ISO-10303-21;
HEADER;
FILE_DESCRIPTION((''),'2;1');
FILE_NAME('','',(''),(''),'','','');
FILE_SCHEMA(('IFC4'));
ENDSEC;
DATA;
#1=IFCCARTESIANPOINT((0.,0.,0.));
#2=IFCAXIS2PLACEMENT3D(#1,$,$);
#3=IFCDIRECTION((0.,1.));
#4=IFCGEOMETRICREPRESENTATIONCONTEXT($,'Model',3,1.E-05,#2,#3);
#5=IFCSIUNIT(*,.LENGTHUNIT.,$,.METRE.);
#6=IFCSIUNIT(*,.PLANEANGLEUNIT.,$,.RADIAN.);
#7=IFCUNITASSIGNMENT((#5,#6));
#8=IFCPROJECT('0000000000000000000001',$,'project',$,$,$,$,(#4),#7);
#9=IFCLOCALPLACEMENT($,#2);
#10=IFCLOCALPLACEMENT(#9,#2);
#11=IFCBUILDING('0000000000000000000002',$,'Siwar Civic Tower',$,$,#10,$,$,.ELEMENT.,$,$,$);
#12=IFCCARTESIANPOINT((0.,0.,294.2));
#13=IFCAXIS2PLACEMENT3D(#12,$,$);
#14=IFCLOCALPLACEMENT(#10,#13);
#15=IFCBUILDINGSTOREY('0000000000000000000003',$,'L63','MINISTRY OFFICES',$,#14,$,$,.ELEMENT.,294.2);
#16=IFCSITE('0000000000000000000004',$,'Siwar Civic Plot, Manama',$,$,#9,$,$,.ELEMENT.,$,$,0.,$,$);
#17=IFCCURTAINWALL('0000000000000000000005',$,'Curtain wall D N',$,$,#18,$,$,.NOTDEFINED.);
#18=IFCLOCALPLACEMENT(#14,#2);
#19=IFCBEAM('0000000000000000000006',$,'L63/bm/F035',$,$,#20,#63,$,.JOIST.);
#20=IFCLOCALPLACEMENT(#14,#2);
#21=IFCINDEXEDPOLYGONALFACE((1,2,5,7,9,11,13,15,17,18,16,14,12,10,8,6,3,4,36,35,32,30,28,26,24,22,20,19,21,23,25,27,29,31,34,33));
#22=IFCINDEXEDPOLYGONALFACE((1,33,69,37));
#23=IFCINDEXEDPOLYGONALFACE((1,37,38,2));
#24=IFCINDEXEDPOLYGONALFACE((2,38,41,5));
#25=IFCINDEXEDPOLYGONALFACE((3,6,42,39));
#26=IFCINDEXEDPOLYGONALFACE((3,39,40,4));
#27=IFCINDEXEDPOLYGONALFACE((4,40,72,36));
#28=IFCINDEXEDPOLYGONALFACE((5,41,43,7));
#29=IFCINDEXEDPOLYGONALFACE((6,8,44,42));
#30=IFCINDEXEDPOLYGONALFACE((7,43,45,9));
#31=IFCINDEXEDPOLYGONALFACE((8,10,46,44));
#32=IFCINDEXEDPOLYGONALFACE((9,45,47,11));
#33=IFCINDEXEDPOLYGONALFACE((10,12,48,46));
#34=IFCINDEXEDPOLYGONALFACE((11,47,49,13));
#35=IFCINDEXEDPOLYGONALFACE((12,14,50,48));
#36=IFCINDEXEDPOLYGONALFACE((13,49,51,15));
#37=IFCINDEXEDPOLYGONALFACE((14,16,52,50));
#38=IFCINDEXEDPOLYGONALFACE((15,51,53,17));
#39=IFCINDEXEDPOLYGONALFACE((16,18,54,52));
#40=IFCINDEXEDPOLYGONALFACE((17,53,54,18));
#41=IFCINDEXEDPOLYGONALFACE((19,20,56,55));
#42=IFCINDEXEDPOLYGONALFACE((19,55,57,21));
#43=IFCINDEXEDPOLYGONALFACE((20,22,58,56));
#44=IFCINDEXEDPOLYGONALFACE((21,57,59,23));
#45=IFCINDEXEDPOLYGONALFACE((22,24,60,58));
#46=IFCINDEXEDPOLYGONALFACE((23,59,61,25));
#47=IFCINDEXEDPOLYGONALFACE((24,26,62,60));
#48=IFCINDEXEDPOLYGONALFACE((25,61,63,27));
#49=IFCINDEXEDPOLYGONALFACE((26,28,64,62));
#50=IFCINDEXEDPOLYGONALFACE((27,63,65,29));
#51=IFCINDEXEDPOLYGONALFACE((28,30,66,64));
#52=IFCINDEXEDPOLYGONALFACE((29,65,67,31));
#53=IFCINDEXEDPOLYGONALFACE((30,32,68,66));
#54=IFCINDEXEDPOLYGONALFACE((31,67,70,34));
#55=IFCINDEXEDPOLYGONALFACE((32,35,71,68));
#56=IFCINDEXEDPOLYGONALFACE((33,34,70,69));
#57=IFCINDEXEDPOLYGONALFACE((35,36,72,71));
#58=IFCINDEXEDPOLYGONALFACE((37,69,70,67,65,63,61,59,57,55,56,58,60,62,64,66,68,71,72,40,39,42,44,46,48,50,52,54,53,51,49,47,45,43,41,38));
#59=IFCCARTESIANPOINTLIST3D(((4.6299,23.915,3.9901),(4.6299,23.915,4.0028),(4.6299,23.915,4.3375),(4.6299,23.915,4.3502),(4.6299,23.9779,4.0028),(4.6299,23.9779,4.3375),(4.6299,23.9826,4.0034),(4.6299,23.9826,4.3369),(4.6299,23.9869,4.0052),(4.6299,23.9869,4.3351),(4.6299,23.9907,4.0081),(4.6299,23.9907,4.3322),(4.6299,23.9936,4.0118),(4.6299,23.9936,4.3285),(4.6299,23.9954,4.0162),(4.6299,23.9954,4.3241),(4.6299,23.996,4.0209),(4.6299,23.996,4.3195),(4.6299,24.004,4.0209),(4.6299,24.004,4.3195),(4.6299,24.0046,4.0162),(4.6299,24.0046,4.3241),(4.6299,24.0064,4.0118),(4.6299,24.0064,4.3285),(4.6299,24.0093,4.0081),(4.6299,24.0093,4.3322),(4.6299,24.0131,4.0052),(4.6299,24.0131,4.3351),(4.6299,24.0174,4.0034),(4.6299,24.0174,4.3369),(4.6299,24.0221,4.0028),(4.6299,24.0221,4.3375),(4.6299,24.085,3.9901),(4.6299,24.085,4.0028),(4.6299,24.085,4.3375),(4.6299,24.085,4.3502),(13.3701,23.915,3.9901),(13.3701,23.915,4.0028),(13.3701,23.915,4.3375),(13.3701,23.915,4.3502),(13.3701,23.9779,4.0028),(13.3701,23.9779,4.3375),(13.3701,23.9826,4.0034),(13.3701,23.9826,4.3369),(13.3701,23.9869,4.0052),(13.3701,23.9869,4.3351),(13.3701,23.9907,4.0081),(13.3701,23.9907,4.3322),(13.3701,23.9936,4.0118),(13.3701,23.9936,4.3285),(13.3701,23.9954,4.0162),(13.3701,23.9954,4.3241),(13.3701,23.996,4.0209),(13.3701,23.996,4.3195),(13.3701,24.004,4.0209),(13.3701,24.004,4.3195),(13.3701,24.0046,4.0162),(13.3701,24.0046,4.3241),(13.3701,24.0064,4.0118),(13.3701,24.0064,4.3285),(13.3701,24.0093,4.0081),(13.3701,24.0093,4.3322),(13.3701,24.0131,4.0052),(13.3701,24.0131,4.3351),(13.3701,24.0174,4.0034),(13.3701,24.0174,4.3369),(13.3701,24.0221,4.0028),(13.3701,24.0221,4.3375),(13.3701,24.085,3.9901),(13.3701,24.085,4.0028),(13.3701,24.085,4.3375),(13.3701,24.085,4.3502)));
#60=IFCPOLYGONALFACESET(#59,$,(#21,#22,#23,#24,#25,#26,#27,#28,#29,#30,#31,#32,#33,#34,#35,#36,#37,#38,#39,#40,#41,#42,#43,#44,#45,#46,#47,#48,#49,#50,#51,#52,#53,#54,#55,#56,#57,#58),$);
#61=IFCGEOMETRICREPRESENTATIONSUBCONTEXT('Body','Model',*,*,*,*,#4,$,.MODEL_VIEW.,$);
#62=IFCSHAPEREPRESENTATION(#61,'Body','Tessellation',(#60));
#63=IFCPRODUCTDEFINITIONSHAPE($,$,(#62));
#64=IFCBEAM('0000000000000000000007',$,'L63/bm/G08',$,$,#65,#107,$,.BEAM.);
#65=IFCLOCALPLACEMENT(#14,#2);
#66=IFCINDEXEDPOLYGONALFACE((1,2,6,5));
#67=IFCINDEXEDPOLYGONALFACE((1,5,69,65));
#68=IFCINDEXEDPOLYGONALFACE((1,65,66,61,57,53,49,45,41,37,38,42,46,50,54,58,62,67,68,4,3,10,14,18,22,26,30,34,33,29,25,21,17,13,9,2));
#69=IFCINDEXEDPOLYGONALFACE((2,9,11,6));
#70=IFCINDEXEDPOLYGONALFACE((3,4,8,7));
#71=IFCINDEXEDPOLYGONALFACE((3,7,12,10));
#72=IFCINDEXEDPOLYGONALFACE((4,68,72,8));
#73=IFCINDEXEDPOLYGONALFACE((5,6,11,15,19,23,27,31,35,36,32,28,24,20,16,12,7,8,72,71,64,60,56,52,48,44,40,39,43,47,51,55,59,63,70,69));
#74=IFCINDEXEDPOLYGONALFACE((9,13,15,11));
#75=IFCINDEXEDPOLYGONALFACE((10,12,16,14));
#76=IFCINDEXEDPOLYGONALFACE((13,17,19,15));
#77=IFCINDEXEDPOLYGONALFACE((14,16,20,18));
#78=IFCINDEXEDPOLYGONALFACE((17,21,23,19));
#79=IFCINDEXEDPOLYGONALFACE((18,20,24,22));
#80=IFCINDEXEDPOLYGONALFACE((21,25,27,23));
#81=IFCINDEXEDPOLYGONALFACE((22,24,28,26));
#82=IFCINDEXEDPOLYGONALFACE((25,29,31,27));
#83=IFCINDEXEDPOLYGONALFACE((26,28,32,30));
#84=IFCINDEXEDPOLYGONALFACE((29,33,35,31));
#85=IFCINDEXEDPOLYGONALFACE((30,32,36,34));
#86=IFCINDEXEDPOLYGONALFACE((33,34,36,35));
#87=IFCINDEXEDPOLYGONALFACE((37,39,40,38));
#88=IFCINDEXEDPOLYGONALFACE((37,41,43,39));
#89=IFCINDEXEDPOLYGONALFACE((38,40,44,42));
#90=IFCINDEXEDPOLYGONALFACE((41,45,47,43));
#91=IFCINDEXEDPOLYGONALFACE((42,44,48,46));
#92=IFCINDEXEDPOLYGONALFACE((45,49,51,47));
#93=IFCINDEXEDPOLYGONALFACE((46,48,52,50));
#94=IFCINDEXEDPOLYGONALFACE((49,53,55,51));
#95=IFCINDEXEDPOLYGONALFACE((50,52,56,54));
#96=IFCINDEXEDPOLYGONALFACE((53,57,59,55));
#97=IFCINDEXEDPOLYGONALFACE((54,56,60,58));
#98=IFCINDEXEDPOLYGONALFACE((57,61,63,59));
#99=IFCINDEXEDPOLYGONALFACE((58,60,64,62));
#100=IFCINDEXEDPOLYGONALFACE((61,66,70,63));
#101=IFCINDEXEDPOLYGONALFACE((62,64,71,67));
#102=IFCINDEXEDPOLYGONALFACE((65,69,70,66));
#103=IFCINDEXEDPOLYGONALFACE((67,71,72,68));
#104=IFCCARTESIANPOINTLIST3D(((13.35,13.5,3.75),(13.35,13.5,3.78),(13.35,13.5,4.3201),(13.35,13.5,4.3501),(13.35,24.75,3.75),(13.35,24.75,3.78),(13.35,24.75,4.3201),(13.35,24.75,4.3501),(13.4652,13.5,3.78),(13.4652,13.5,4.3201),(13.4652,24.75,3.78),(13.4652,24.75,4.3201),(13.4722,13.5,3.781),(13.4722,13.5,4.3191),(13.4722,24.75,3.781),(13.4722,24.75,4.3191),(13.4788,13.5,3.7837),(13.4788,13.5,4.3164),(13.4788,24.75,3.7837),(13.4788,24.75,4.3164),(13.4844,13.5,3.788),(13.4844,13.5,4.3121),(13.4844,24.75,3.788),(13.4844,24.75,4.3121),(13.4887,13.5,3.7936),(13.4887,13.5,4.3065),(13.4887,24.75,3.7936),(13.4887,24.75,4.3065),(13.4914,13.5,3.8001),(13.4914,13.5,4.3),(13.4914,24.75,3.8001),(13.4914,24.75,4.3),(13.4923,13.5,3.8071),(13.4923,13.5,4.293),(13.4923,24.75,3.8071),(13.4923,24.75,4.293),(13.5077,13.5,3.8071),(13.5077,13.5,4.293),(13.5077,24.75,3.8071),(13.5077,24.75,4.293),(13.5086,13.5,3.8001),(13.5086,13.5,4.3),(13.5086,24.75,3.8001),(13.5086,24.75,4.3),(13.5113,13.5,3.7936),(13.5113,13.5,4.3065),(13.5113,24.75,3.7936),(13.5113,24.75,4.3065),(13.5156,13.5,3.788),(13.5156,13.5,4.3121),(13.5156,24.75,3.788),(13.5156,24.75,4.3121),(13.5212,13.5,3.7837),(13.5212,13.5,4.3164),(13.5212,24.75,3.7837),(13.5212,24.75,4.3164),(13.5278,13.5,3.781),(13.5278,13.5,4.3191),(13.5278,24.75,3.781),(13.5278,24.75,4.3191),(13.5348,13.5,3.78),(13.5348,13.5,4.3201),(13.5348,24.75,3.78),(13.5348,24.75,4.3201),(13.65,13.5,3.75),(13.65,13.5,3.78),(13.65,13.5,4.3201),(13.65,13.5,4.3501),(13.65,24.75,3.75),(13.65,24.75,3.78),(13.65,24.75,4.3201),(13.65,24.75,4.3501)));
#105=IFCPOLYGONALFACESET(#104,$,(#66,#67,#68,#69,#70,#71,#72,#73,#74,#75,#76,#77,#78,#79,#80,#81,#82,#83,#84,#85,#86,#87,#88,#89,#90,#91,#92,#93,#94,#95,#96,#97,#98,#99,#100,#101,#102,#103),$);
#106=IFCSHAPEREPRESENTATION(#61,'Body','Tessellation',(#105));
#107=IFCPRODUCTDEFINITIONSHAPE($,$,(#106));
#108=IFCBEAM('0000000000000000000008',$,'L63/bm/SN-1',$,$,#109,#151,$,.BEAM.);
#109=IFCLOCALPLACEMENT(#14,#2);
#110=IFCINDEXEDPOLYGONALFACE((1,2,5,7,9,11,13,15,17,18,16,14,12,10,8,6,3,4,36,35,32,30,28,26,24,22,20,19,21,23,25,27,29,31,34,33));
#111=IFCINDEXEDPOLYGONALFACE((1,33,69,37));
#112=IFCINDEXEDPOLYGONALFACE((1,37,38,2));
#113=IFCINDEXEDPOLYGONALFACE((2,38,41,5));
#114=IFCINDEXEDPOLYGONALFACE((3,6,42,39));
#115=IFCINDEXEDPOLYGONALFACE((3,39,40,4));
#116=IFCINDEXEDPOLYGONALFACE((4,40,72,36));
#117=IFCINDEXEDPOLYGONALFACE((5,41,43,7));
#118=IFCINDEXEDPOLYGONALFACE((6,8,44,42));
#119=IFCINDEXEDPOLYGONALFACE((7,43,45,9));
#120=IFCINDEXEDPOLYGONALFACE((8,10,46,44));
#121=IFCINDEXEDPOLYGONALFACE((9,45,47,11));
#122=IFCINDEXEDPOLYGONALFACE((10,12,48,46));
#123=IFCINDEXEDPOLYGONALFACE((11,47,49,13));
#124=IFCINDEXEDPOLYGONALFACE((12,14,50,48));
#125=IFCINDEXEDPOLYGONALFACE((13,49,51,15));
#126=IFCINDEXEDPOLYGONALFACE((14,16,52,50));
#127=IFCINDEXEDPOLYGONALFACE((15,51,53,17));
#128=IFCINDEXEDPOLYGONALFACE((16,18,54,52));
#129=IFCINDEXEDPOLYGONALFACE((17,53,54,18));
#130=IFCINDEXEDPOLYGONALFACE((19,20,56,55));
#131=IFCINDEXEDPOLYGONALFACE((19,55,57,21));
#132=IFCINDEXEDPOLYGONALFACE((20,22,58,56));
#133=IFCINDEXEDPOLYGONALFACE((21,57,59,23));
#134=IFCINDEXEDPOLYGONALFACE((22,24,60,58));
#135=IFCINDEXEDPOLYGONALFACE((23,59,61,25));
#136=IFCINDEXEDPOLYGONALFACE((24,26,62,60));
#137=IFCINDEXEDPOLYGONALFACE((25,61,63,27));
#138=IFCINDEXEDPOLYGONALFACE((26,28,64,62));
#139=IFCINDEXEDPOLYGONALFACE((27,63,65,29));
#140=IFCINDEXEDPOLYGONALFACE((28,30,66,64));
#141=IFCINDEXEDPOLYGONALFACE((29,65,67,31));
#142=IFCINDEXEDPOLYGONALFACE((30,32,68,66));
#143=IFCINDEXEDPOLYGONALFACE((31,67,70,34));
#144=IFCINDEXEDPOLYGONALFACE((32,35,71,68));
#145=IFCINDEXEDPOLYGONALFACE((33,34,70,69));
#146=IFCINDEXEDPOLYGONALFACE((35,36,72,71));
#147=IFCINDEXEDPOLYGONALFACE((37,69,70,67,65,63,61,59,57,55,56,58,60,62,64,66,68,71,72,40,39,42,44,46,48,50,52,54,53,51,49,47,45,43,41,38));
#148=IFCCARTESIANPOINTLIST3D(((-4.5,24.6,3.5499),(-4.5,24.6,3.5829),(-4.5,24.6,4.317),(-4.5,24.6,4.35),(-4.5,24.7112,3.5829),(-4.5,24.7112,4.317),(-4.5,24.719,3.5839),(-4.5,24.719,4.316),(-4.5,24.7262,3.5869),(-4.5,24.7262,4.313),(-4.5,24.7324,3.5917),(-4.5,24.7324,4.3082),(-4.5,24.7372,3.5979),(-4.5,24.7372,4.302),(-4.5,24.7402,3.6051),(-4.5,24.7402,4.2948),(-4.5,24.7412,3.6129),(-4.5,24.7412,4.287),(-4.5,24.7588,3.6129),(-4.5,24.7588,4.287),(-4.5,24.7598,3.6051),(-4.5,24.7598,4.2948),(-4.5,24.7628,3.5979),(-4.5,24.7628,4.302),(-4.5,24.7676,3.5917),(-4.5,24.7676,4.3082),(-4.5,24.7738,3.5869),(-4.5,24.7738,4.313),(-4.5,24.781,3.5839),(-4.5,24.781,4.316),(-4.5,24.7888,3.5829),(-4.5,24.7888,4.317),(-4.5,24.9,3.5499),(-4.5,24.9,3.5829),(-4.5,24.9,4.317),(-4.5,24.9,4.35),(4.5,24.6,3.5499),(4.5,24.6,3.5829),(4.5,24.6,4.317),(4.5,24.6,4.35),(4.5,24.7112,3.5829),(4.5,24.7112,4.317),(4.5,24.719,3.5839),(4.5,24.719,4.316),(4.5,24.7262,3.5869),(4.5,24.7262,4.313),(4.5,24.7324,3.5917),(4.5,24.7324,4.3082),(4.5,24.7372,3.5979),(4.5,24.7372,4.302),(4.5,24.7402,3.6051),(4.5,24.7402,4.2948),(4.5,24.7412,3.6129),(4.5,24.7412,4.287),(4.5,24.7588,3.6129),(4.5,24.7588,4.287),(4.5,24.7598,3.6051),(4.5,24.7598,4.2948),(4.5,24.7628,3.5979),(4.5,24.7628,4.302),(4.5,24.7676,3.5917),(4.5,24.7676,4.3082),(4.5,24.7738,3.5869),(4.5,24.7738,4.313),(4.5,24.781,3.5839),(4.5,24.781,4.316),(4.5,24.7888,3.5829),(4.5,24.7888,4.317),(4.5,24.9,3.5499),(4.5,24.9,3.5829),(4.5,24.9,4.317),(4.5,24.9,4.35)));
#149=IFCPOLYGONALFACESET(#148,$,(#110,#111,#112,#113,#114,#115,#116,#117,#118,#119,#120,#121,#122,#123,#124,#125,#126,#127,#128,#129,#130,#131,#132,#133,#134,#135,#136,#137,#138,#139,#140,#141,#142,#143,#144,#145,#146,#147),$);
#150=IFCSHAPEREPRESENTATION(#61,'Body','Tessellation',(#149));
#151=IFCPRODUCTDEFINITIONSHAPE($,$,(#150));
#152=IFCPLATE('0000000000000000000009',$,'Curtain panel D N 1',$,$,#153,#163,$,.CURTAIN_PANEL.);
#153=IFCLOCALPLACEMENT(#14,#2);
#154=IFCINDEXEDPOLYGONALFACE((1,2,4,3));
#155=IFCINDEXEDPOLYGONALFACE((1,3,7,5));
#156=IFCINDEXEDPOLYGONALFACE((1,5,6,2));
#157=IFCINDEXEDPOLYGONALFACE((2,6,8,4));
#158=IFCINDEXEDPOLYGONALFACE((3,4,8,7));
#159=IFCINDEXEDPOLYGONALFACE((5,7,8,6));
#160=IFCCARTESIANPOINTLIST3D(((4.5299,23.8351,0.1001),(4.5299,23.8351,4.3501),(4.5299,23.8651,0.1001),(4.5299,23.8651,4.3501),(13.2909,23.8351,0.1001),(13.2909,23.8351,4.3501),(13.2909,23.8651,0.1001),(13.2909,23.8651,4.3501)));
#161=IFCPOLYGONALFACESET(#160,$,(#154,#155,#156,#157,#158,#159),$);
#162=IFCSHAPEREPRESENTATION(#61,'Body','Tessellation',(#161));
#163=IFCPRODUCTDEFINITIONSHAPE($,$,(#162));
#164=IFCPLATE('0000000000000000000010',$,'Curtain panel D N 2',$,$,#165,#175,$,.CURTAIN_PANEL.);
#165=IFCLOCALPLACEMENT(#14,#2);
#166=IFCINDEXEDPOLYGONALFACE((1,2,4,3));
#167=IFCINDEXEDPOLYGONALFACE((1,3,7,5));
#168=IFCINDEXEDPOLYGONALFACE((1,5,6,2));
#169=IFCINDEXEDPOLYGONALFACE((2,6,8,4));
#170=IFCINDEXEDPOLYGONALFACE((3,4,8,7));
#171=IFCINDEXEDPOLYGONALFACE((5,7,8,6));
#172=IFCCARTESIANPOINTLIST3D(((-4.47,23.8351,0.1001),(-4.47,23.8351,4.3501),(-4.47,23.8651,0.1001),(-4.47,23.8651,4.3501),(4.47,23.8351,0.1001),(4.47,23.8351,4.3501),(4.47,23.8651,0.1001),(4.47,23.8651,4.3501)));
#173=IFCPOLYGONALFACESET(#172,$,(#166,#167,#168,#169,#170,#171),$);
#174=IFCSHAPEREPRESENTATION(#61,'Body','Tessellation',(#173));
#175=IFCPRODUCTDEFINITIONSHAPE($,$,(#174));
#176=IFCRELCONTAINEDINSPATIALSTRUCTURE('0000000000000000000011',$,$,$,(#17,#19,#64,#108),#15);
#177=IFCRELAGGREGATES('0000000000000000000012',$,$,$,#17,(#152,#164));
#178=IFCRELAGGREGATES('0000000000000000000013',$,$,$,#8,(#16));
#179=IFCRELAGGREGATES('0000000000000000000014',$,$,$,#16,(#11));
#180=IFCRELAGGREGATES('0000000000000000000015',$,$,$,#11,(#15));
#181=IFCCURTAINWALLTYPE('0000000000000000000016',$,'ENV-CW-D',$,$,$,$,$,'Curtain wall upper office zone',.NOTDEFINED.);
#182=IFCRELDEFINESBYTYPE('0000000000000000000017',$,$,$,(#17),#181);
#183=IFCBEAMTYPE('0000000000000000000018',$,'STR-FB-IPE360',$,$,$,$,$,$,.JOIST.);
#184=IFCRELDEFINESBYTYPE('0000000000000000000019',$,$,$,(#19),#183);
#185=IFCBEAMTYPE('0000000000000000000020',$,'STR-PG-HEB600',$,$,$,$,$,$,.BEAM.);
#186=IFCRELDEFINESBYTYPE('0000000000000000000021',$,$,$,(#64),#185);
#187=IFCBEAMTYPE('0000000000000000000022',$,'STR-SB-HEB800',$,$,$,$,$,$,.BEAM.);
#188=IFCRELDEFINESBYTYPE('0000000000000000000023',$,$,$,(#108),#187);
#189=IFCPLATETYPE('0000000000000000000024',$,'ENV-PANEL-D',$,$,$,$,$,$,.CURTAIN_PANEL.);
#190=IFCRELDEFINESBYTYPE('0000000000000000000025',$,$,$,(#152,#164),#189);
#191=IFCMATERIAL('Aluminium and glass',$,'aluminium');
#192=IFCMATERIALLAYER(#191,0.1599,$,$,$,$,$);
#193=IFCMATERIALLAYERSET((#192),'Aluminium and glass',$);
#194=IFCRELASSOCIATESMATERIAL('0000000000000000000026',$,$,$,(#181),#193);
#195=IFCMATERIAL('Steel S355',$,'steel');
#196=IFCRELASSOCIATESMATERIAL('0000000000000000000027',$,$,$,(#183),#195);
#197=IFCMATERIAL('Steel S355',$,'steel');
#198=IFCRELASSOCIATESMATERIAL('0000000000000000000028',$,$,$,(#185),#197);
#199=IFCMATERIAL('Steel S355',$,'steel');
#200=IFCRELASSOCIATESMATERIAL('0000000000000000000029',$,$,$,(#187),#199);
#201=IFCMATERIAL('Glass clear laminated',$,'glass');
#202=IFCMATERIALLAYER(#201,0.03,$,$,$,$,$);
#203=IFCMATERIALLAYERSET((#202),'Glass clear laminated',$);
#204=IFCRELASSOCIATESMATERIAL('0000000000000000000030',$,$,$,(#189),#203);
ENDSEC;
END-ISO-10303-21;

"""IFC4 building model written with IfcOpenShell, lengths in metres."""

from ifc_helpers import new_model, si_unit, direction, frame, origin, origin_2d, place, context, subcontext, project, spatial, rectangle, i_section, extrude, material, layer, layer_set, material_profile, profile_set, type_object, element, aggregate, save


model = new_model("IFC4")

# Units and contexts
model_context = context("Model", 3, precision=1e-05, world=origin(), true_north=direction((0.0, 1.0)))
body_context = subcontext(model_context, "Body", "Model", "MODEL_VIEW")
ifc_project = project(units=[si_unit("LENGTHUNIT", "METRE"), si_unit("PLANEANGLEUNIT", "RADIAN")], contexts=[model_context])

# Site, building, storey
site_placement = place(None, origin())
site = spatial("IfcSite", under=ifc_project, at=site_placement, Name="Siwar Civic Plot, Manama", CompositionType="ELEMENT", RefElevation=0.0)
building_placement = place(site_placement, origin())
building = spatial("IfcBuilding", under=site, at=building_placement, Name="Siwar Civic Tower", CompositionType="ELEMENT")
storey_placement = place(building_placement, frame((0.0, 0.0, 294.2)))
storey = spatial("IfcBuildingStorey", under=building, at=storey_placement, Name="L63", Description="MINISTRY OFFICES", CompositionType="ELEMENT", Elevation=294.2)

# Curtain wall
ifc_material_1 = material(Name="Aluminium and glass", Category="aluminium")
ifc_layer_1 = layer(ifc_material_1, 0.1599)
ifc_layer_set_1 = layer_set([ifc_layer_1], Name="Aluminium and glass")
curtain_wall_type_1 = type_object("IfcCurtainWallType", Name="ENV-CW-D", ElementType="Curtain wall upper office zone", PredefinedType="NOTDEFINED", material=ifc_layer_set_1)
curtain_wall_1_placement = place(storey_placement, origin())
curtain_wall_1 = element("IfcCurtainWall", 1, at=curtain_wall_1_placement, inside=storey, type_object=curtain_wall_type_1, Name="Curtain wall D N", PredefinedType="NOTDEFINED")

# Beams
ifc_material_2 = material(Name="Steel S355", Category="steel")
ifc_material_profile_1 = material_profile(ifc_material_2, i_section(OverallWidth=0.1699, OverallDepth=0.3601, WebThickness=0.0081, FlangeThickness=0.0127, FilletRadius=0.0181, at=origin_2d()), Name="IPE360")
ifc_profile_set_1 = profile_set([ifc_material_profile_1], Name="Steel S355")
beam_type_1 = type_object("IfcBeamType", Name="STR-FB-IPE360", PredefinedType="JOIST", material=ifc_profile_set_1)
for number, where, z_axis, x_axis, name in (
    (2, (4.6299, 24.0, 4.1702), (1.0, 0.0, 0.0), (0.0, 1.0, 0.0), "L63/bm/F035"),
):
    element("IfcBeam", number, at=place(storey_placement, frame(where, z_axis=z_axis, x_axis=x_axis)), inside=storey, type_object=beam_type_1, Name=name, PredefinedType="JOIST", context=body_context, shape_type="SweptSolid", body=[
        extrude(i_section(OverallWidth=0.1699, OverallDepth=0.3601, WebThickness=0.0081, FlangeThickness=0.0127, FilletRadius=0.0181, at=origin_2d()), origin(), (0.0, 0.0, 1.0), 8.7402),
    ])
ifc_material_3 = material(Name="Steel S355", Category="steel")
ifc_material_profile_2 = material_profile(ifc_material_3, i_section(OverallWidth=0.3, OverallDepth=0.6001, WebThickness=0.0154, FlangeThickness=0.03, FilletRadius=0.0271, at=origin_2d()), Name="HEB600")
ifc_profile_set_2 = profile_set([ifc_material_profile_2], Name="Steel S355")
beam_type_2 = type_object("IfcBeamType", Name="STR-PG-HEB600", PredefinedType="BEAM", material=ifc_profile_set_2)
beam_1_placement = place(storey_placement, frame((13.5, 13.5, 4.05), z_axis=(0.0, 1.0, 0.0), x_axis=(-1.0, 0.0, 0.0)))
element("IfcBeam", 3, at=beam_1_placement, inside=storey, type_object=beam_type_2, Name="L63/bm/G08", PredefinedType="BEAM", context=body_context, shape_type="SweptSolid", body=[
    extrude(i_section(OverallWidth=0.3, OverallDepth=0.6001, WebThickness=0.0154, FlangeThickness=0.03, FilletRadius=0.0271, at=origin_2d()), origin(), (0.0, 0.0, 1.0), 11.25),
])
ifc_material_4 = material(Name="Steel S355", Category="steel")
ifc_material_profile_3 = material_profile(ifc_material_4, i_section(OverallWidth=0.3, OverallDepth=0.8, WebThickness=0.0176, FlangeThickness=0.033, FilletRadius=0.03, at=origin_2d()), Name="HEB800")
ifc_profile_set_3 = profile_set([ifc_material_profile_3], Name="Steel S355")
beam_type_3 = type_object("IfcBeamType", Name="STR-SB-HEB800", PredefinedType="BEAM", material=ifc_profile_set_3)
beam_2_placement = place(storey_placement, frame((4.5, 24.75, 3.95), z_axis=(-1.0, 0.0, 0.0), x_axis=(0.0, -1.0, 0.0)))
element("IfcBeam", 4, at=beam_2_placement, inside=storey, type_object=beam_type_3, Name="L63/bm/SN-1", PredefinedType="BEAM", context=body_context, shape_type="SweptSolid", body=[
    extrude(i_section(OverallWidth=0.3, OverallDepth=0.8, WebThickness=0.0176, FlangeThickness=0.033, FilletRadius=0.03, at=origin_2d()), origin(), (0.0, 0.0, 1.0), 9.0),
])

# Plates
ifc_material_5 = material(Name="Glass clear laminated", Category="glass")
ifc_layer_2 = layer(ifc_material_5, 0.03)
ifc_layer_set_2 = layer_set([ifc_layer_2], Name="Glass clear laminated")
plate_type = type_object("IfcPlateType", Name="ENV-PANEL-D", PredefinedType="CURTAIN_PANEL", material=ifc_layer_set_2)
plate_1_placement = place(storey_placement, frame((8.9104, 23.8501, 0.1001), z_axis=(0.0, 0.0, 1.0), x_axis=(-1.0, 0.0, 0.0)))
plate_1 = element("IfcPlate", 5, at=plate_1_placement, type_object=plate_type, Name="Curtain panel D N 1", PredefinedType="CURTAIN_PANEL", context=body_context, shape_type="SweptSolid", body=[
    extrude(rectangle(XDim=8.761, YDim=0.03, at=origin_2d()), origin(), (0.0, 0.0, 1.0), 4.25),
])
plate_2_placement = place(storey_placement, frame((0.0, 23.8501, 0.1001), z_axis=(0.0, 0.0, 1.0), x_axis=(-1.0, 0.0, 0.0)))
plate_2 = element("IfcPlate", 6, at=plate_2_placement, type_object=plate_type, Name="Curtain panel D N 2", PredefinedType="CURTAIN_PANEL", context=body_context, shape_type="SweptSolid", body=[
    extrude(rectangle(XDim=8.9399, YDim=0.03, at=origin_2d()), origin(), (0.0, 0.0, 1.0), 4.25),
])
aggregate(curtain_wall_1, [plate_1, plate_2])

save(model, "model.ifc")
